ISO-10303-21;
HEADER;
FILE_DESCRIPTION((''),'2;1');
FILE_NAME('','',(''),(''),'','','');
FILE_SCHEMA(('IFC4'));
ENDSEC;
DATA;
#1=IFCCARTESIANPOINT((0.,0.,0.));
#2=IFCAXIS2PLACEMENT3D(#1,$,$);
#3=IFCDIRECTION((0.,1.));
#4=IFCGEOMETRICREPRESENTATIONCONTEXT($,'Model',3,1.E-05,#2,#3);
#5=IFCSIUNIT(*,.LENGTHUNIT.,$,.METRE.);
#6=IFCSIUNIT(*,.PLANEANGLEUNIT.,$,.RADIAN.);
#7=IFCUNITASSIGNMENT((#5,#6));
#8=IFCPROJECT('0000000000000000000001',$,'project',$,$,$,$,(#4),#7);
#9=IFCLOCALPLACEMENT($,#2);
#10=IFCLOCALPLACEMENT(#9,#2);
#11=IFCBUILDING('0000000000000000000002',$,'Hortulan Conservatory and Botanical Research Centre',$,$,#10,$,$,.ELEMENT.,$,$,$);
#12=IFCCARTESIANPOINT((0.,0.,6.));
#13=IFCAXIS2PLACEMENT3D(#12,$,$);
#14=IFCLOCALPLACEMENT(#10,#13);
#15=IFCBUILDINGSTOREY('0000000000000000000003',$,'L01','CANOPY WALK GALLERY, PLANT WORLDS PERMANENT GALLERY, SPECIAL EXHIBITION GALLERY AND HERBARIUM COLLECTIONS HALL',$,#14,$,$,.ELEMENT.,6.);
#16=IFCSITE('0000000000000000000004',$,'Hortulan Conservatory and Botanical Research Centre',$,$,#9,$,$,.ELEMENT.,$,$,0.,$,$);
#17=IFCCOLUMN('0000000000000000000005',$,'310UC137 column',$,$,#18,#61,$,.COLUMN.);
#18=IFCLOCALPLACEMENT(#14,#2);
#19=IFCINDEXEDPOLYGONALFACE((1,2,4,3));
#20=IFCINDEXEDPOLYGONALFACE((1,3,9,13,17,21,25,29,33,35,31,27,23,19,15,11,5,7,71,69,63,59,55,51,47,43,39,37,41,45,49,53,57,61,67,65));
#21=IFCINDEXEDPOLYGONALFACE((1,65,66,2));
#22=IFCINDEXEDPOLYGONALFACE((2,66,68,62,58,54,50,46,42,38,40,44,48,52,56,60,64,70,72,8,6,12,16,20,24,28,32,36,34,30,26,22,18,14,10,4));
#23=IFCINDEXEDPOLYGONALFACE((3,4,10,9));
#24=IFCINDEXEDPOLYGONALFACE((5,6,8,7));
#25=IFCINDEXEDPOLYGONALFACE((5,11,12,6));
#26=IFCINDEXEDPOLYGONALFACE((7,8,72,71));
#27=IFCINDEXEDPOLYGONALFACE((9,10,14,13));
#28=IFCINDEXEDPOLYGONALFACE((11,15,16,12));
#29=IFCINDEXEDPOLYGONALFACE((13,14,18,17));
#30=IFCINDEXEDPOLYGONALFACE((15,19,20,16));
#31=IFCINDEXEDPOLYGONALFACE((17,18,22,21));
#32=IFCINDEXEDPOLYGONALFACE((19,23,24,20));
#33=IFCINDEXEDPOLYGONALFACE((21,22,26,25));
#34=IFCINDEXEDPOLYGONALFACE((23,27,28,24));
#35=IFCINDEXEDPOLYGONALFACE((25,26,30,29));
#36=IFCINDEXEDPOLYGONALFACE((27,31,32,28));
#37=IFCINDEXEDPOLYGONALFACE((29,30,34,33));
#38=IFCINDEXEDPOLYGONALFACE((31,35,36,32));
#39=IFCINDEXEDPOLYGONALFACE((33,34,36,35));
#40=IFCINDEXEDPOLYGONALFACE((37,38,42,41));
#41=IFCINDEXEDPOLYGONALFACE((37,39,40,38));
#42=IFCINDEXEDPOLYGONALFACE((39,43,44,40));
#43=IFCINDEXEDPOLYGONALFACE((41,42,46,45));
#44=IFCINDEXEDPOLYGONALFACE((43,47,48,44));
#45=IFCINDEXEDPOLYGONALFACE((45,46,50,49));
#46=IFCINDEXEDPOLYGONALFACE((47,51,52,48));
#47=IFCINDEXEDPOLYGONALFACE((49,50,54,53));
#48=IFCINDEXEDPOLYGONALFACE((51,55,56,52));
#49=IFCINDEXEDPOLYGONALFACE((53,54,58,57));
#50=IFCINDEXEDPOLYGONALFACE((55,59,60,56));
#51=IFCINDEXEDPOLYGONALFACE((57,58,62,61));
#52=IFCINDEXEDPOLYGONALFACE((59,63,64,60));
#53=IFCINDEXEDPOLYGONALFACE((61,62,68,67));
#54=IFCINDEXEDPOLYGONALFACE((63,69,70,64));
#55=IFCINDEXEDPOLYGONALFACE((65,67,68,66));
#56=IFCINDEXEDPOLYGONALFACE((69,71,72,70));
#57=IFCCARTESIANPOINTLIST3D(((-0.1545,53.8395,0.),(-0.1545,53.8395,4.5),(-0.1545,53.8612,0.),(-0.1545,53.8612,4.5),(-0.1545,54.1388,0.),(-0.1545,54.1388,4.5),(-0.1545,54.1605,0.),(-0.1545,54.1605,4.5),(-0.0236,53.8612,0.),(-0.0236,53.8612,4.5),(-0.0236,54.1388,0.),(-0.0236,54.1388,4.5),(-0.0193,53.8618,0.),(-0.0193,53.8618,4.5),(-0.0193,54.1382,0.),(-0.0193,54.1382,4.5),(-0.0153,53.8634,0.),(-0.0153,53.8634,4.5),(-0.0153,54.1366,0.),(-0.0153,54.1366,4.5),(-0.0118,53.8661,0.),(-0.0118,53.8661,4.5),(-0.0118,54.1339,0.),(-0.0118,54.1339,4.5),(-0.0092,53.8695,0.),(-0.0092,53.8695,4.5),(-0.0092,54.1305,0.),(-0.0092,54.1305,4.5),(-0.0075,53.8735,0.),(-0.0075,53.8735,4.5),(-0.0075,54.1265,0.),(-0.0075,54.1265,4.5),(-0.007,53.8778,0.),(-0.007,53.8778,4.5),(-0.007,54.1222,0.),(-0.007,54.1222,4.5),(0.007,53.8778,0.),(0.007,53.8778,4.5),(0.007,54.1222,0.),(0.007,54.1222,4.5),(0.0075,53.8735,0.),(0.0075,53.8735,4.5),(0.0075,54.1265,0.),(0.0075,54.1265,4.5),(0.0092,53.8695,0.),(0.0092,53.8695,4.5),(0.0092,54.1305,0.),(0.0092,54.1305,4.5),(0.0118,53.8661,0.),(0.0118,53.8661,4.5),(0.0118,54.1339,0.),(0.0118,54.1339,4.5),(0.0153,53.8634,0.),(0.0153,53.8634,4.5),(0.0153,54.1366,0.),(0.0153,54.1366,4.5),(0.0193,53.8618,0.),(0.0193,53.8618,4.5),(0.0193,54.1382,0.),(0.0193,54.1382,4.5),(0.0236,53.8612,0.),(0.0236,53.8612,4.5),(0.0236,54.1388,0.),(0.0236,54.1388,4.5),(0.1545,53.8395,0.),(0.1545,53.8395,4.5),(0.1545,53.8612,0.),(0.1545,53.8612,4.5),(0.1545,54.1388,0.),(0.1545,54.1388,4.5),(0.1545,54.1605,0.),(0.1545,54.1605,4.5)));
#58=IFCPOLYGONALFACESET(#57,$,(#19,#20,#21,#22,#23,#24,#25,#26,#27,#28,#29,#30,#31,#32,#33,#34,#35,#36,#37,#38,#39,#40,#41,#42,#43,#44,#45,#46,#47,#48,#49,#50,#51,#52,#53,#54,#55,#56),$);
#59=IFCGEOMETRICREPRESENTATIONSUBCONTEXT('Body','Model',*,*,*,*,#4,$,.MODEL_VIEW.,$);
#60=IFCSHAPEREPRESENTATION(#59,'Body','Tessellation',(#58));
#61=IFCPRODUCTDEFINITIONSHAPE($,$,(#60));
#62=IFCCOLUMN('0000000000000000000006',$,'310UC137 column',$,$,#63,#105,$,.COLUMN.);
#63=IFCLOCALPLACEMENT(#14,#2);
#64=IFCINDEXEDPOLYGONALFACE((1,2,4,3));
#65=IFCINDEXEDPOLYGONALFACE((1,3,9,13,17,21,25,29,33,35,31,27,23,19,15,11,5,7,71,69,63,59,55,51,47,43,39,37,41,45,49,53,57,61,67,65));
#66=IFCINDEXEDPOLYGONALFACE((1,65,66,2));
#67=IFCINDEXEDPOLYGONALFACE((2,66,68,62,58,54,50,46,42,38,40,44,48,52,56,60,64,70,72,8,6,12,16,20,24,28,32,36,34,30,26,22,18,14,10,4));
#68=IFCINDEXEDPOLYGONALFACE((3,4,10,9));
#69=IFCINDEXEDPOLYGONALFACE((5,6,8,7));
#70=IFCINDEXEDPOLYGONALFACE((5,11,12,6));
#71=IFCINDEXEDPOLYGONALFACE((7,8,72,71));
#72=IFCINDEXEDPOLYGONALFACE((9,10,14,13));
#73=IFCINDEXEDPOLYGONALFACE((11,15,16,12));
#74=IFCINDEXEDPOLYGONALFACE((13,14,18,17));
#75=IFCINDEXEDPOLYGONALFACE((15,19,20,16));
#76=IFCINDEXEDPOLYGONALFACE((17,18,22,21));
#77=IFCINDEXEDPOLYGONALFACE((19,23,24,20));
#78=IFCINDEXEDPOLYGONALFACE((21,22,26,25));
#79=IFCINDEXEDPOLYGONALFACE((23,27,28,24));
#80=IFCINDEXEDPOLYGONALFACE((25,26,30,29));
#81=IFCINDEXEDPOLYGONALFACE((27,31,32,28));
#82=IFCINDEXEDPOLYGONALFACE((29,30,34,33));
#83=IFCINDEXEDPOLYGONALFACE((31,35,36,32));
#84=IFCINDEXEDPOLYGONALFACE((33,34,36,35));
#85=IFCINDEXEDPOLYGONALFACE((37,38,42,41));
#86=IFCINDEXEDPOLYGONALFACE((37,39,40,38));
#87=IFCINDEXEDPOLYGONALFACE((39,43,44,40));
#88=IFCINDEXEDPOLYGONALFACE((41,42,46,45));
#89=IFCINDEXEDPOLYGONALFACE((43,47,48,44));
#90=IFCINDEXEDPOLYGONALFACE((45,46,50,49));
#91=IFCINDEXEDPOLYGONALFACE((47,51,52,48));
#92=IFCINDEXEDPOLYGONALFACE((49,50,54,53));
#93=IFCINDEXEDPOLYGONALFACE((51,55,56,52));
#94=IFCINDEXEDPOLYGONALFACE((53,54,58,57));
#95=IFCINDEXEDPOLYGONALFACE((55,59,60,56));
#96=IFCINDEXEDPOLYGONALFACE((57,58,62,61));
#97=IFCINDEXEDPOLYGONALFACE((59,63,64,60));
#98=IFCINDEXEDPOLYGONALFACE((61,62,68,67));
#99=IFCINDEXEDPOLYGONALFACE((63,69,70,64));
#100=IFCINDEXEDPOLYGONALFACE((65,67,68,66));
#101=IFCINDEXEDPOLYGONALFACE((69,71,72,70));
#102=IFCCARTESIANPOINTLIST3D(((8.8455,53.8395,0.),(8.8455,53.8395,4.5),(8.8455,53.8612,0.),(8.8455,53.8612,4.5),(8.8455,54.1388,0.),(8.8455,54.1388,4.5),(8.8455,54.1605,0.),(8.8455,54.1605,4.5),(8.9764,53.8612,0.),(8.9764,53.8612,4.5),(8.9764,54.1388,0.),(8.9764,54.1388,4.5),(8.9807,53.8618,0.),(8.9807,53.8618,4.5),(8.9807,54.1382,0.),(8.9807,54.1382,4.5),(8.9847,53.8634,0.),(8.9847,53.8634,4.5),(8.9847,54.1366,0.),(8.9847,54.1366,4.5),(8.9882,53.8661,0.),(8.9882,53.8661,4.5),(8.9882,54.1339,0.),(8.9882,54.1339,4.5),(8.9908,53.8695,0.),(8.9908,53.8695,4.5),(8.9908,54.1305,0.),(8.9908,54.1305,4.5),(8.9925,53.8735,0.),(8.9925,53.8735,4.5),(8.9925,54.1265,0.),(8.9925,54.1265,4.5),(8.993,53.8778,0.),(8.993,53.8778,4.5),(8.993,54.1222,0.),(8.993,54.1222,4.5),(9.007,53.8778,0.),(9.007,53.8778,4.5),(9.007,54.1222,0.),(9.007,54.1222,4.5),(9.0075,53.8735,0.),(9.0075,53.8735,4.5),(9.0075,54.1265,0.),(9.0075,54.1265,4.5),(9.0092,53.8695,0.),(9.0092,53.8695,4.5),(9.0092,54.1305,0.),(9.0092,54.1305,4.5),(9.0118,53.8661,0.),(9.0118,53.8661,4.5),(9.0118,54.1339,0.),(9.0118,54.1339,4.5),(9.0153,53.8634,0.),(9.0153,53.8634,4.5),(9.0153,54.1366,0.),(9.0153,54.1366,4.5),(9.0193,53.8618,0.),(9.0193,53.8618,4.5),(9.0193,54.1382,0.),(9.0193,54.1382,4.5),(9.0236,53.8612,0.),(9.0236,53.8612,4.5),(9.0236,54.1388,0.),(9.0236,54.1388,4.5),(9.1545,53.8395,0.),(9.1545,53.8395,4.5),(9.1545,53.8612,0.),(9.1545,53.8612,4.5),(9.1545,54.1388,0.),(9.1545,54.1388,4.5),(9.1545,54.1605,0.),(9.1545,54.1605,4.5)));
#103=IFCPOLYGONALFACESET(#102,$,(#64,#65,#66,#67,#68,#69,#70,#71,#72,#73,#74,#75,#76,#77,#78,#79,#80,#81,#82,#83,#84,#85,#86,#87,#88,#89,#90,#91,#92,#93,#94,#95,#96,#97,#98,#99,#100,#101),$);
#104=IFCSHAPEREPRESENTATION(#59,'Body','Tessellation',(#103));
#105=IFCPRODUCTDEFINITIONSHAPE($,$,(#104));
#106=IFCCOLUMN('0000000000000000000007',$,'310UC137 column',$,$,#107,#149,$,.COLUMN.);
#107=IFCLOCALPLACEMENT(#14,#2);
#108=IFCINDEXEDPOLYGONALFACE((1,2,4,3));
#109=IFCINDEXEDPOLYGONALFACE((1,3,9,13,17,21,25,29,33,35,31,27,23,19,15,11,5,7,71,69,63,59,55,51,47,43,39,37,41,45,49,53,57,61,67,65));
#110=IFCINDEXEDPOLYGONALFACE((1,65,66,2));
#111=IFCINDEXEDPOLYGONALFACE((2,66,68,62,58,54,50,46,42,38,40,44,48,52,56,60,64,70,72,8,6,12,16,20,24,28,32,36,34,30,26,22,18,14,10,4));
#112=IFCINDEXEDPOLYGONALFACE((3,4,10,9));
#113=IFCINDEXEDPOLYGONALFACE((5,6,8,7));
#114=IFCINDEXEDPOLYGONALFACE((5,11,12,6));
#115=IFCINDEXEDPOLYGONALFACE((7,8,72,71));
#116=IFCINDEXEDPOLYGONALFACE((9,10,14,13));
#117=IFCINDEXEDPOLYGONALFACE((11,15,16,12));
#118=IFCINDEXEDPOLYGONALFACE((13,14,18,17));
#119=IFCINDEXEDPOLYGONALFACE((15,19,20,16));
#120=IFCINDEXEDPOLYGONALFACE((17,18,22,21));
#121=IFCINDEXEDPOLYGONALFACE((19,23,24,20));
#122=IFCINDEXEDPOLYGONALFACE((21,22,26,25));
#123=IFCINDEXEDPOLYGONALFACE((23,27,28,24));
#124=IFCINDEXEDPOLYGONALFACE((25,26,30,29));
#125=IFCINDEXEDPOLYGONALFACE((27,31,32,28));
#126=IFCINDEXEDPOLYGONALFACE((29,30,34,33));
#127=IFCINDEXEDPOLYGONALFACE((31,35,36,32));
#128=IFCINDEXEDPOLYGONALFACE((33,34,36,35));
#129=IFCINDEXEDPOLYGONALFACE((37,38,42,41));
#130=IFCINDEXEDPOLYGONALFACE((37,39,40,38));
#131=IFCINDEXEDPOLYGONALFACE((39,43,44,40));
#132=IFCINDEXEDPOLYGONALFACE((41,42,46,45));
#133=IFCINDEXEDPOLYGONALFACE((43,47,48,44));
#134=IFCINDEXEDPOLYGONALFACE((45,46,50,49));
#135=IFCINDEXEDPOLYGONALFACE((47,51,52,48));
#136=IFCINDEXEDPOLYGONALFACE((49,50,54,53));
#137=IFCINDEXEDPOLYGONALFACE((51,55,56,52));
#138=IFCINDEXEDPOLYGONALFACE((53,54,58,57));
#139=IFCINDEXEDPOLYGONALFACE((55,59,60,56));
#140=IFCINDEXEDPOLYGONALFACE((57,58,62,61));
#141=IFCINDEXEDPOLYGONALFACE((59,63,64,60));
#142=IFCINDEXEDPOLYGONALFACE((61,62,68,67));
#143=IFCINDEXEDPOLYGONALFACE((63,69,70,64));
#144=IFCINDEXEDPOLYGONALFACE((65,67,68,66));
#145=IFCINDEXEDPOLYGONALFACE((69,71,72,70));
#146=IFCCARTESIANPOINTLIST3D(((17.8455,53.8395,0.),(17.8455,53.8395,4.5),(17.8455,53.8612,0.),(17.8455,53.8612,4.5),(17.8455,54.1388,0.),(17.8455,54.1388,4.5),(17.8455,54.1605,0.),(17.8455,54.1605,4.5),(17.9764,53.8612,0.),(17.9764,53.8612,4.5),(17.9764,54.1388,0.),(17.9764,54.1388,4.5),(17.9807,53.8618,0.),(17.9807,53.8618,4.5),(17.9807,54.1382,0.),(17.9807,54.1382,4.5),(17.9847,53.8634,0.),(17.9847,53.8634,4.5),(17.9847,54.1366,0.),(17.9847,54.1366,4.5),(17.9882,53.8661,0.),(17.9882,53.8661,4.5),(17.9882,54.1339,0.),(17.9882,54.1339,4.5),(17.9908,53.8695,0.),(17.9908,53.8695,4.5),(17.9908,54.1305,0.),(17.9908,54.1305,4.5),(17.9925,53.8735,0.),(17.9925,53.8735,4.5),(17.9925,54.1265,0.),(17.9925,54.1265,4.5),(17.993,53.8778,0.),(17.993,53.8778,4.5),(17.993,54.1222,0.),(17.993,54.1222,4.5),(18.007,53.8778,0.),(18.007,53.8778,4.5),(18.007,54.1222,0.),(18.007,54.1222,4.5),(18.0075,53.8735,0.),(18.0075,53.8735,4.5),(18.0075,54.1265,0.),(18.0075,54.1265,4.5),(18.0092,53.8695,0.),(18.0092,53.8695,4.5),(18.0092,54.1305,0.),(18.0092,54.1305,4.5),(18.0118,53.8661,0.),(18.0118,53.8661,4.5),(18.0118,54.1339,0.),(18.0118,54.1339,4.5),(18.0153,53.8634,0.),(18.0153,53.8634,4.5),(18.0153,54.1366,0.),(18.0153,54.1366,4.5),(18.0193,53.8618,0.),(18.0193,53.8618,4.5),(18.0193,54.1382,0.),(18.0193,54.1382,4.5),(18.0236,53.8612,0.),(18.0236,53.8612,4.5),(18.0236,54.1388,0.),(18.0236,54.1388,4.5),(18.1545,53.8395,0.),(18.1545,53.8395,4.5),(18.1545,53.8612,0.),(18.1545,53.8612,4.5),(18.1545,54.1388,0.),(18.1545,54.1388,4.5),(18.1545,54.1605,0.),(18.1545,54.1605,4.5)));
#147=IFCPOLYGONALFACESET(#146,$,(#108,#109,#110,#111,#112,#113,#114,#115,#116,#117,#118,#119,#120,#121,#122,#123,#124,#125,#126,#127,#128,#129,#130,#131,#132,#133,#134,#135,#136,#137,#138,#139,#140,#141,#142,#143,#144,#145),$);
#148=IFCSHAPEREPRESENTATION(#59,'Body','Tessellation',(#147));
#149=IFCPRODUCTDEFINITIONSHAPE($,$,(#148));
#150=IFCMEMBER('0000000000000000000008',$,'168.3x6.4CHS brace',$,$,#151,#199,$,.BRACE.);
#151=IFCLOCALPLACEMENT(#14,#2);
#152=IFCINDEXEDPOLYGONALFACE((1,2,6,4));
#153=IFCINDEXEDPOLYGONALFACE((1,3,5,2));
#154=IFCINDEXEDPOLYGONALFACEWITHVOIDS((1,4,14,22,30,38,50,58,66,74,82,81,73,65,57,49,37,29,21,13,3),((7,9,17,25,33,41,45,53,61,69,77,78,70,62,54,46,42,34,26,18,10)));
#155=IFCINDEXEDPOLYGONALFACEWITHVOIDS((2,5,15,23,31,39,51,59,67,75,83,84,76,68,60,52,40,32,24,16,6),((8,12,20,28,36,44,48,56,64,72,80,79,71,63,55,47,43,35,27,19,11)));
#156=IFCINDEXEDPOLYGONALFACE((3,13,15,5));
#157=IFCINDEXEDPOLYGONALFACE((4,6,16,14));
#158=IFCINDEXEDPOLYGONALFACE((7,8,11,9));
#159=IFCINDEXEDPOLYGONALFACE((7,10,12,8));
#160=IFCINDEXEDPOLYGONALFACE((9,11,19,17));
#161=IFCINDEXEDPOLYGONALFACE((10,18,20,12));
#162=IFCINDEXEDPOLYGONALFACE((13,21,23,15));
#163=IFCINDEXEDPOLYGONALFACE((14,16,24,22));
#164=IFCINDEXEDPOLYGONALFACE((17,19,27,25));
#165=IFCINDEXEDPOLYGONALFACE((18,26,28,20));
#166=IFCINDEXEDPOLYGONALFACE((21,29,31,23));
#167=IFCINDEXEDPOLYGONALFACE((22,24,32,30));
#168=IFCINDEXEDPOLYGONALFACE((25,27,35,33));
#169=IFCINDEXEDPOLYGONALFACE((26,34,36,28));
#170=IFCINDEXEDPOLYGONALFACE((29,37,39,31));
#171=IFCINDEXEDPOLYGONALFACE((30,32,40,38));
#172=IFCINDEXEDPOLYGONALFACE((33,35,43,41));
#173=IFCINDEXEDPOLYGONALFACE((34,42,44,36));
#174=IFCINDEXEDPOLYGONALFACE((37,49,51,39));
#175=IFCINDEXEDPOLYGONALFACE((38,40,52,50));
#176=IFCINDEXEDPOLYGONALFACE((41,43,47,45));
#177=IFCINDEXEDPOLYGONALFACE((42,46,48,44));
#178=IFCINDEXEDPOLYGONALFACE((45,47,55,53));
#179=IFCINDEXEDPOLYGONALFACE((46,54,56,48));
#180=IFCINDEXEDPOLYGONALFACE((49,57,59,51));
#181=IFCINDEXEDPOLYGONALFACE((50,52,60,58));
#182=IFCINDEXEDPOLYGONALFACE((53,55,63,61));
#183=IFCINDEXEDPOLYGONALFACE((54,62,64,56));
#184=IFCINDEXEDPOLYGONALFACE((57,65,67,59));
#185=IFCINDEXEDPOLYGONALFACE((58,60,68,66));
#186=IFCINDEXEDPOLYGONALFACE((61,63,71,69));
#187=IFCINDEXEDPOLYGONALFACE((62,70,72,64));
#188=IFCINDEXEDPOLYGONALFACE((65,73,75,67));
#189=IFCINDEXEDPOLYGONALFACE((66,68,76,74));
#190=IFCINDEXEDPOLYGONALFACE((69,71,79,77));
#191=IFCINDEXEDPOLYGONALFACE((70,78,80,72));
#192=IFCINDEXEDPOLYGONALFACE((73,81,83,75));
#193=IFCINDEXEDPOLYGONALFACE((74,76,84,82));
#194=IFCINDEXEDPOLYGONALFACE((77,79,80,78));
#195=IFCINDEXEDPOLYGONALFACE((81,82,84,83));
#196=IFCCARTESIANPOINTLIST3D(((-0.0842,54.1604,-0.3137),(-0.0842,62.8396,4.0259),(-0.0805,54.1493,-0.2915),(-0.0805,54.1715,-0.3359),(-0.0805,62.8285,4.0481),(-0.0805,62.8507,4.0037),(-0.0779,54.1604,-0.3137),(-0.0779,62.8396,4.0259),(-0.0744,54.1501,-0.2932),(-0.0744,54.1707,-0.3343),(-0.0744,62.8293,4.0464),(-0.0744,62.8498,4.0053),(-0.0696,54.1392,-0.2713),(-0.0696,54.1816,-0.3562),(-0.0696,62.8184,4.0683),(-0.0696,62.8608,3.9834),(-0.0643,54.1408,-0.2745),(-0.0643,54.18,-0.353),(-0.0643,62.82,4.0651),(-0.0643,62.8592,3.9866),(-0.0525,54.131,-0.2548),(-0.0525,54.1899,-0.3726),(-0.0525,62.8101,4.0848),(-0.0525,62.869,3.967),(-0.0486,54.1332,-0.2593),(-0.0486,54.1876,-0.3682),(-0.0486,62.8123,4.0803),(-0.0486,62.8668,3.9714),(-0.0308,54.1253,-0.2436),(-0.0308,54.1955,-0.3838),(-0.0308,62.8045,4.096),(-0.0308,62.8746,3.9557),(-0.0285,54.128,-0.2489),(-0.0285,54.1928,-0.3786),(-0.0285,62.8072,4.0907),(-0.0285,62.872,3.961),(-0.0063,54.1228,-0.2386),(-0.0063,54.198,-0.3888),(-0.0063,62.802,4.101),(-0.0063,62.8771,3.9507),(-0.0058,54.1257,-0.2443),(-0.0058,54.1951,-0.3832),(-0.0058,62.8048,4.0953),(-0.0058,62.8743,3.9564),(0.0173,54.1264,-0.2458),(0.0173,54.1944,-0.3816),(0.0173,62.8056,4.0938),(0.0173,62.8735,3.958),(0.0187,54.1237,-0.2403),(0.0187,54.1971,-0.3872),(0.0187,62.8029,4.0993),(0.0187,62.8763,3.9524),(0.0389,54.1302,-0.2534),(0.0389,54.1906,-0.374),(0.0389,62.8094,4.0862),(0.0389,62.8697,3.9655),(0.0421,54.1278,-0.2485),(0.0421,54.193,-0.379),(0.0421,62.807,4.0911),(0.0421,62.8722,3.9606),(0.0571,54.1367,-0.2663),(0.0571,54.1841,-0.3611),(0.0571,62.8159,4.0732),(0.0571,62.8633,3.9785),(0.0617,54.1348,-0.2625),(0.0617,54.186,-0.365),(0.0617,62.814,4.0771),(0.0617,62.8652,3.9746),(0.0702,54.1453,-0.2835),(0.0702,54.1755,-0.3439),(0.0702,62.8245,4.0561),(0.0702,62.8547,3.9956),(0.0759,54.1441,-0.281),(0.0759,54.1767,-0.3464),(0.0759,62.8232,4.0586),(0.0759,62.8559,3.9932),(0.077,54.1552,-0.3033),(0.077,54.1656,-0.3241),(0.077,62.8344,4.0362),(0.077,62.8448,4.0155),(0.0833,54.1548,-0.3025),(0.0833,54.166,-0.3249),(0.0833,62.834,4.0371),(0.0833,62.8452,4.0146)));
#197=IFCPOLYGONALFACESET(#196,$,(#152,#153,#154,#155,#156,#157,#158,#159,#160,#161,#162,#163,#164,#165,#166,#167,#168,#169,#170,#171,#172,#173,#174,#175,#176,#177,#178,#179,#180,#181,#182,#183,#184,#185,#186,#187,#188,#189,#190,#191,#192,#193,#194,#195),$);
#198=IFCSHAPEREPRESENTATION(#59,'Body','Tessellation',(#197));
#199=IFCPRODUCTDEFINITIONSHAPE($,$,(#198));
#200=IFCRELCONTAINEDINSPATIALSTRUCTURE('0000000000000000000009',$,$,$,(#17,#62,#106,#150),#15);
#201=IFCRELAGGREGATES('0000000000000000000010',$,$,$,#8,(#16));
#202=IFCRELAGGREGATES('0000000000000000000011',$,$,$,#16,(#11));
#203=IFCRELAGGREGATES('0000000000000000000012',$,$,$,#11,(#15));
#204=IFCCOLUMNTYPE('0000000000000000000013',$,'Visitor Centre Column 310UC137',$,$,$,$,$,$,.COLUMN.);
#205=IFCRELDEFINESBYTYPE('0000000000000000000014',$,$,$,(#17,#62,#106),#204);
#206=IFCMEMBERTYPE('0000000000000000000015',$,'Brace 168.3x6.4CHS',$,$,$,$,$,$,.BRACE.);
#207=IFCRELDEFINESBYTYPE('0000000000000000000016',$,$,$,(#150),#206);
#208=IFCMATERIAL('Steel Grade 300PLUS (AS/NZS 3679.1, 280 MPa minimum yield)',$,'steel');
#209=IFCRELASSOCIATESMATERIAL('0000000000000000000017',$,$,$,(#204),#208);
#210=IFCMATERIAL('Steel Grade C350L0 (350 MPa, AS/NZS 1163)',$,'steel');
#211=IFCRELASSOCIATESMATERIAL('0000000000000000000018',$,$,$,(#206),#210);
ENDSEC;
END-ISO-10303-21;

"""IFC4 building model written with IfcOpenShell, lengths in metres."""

from ifc_helpers import new_model, si_unit, direction, frame, origin, origin_2d, place, context, subcontext, project, spatial, hollow_circle, i_section, extrude, material, material_profile, profile_set, type_object, element, save


model = new_model("IFC4")

# Units and contexts
model_context = context("Model", 3, precision=1e-05, world=origin(), true_north=direction((0.0, 1.0)))
body_context = subcontext(model_context, "Body", "Model", "MODEL_VIEW")
ifc_project = project(units=[si_unit("LENGTHUNIT", "METRE"), si_unit("PLANEANGLEUNIT", "RADIAN")], contexts=[model_context])

# Site, building, storey
site_placement = place(None, origin())
site = spatial("IfcSite", under=ifc_project, at=site_placement, Name="Hortulan Conservatory and Botanical Research Centre", CompositionType="ELEMENT", RefElevation=0.0)
building_placement = place(site_placement, origin())
building = spatial("IfcBuilding", under=site, at=building_placement, Name="Hortulan Conservatory and Botanical Research Centre", CompositionType="ELEMENT")
storey_placement = place(building_placement, frame((0.0, 0.0, 6.0)))
storey = spatial("IfcBuildingStorey", under=building, at=storey_placement, Name="L01", Description="CANOPY WALK GALLERY, PLANT WORLDS PERMANENT GALLERY, SPECIAL EXHIBITION GALLERY AND HERBARIUM COLLECTIONS HALL", CompositionType="ELEMENT", Elevation=6.0)

# Columns
ifc_material_1 = material(Name="Steel Grade 300PLUS (AS/NZS 3679.1, 280 MPa minimum yield)", Category="steel")
ifc_material_profile_1 = material_profile(ifc_material_1, i_section(OverallWidth=0.3091, OverallDepth=0.321, WebThickness=0.0139, FlangeThickness=0.0217, FilletRadius=0.0166, at=origin_2d()), Name="310UC137")
ifc_profile_set_1 = profile_set([ifc_material_profile_1], Name="Steel Grade 300PLUS (AS/NZS 3679.1, 280 MPa minimum yield)")
column_type = type_object("IfcColumnType", Name="Visitor Centre Column 310UC137", PredefinedType="COLUMN", material=ifc_profile_set_1)
for number, where, z_axis, x_axis, name in (
    (1, (0.0, 54.0, 0.0), (0.0, 0.0, 1.0), (1.0, 0.0, 0.0), "310UC137 column"),
    (2, (9.0, 54.0, 0.0), (0.0, 0.0, 1.0), (1.0, 0.0, 0.0), "310UC137 column"),
    (3, (18.0, 54.0, 0.0), (0.0, 0.0, 1.0), (1.0, 0.0, 0.0), "310UC137 column"),
):
    element("IfcColumn", number, at=place(storey_placement, frame(where, z_axis=z_axis, x_axis=x_axis)), inside=storey, type_object=column_type, Name=name, PredefinedType="COLUMN", context=body_context, shape_type="SweptSolid", body=[
        extrude(i_section(OverallWidth=0.3091, OverallDepth=0.321, WebThickness=0.0139, FlangeThickness=0.0217, FilletRadius=0.0166, at=origin_2d()), origin(), (0.0, 0.0, 1.0), 4.5),
    ])

# Member
ifc_material_2 = material(Name="Steel Grade C350L0 (350 MPa, AS/NZS 1163)", Category="steel")
ifc_material_profile_2 = material_profile(ifc_material_2, hollow_circle(Radius=0.0842, WallThickness=0.0063, at=origin_2d()), Name="168.3x6.4CHS")
ifc_profile_set_2 = profile_set([ifc_material_profile_2], Name="Steel Grade C350L0 (350 MPa, AS/NZS 1163)")
member_type = type_object("IfcMemberType", Name="Brace 168.3x6.4CHS", PredefinedType="BRACE", material=ifc_profile_set_2)
member_placement = place(storey_placement, frame((0.0, 54.1604, -0.3137), z_axis=(0.0, 0.894427, 0.447214), x_axis=(-1.0, 0.0, 0.0)))
element("IfcMember", 4, at=member_placement, inside=storey, type_object=member_type, Name="168.3x6.4CHS brace", PredefinedType="BRACE", context=body_context, shape_type="SweptSolid", body=[
    extrude(hollow_circle(Radius=0.0842, WallThickness=0.0063, at=origin_2d()), origin(), (0.0, 0.0, 1.0), 9.7036),
])

save(model, "model.ifc")
